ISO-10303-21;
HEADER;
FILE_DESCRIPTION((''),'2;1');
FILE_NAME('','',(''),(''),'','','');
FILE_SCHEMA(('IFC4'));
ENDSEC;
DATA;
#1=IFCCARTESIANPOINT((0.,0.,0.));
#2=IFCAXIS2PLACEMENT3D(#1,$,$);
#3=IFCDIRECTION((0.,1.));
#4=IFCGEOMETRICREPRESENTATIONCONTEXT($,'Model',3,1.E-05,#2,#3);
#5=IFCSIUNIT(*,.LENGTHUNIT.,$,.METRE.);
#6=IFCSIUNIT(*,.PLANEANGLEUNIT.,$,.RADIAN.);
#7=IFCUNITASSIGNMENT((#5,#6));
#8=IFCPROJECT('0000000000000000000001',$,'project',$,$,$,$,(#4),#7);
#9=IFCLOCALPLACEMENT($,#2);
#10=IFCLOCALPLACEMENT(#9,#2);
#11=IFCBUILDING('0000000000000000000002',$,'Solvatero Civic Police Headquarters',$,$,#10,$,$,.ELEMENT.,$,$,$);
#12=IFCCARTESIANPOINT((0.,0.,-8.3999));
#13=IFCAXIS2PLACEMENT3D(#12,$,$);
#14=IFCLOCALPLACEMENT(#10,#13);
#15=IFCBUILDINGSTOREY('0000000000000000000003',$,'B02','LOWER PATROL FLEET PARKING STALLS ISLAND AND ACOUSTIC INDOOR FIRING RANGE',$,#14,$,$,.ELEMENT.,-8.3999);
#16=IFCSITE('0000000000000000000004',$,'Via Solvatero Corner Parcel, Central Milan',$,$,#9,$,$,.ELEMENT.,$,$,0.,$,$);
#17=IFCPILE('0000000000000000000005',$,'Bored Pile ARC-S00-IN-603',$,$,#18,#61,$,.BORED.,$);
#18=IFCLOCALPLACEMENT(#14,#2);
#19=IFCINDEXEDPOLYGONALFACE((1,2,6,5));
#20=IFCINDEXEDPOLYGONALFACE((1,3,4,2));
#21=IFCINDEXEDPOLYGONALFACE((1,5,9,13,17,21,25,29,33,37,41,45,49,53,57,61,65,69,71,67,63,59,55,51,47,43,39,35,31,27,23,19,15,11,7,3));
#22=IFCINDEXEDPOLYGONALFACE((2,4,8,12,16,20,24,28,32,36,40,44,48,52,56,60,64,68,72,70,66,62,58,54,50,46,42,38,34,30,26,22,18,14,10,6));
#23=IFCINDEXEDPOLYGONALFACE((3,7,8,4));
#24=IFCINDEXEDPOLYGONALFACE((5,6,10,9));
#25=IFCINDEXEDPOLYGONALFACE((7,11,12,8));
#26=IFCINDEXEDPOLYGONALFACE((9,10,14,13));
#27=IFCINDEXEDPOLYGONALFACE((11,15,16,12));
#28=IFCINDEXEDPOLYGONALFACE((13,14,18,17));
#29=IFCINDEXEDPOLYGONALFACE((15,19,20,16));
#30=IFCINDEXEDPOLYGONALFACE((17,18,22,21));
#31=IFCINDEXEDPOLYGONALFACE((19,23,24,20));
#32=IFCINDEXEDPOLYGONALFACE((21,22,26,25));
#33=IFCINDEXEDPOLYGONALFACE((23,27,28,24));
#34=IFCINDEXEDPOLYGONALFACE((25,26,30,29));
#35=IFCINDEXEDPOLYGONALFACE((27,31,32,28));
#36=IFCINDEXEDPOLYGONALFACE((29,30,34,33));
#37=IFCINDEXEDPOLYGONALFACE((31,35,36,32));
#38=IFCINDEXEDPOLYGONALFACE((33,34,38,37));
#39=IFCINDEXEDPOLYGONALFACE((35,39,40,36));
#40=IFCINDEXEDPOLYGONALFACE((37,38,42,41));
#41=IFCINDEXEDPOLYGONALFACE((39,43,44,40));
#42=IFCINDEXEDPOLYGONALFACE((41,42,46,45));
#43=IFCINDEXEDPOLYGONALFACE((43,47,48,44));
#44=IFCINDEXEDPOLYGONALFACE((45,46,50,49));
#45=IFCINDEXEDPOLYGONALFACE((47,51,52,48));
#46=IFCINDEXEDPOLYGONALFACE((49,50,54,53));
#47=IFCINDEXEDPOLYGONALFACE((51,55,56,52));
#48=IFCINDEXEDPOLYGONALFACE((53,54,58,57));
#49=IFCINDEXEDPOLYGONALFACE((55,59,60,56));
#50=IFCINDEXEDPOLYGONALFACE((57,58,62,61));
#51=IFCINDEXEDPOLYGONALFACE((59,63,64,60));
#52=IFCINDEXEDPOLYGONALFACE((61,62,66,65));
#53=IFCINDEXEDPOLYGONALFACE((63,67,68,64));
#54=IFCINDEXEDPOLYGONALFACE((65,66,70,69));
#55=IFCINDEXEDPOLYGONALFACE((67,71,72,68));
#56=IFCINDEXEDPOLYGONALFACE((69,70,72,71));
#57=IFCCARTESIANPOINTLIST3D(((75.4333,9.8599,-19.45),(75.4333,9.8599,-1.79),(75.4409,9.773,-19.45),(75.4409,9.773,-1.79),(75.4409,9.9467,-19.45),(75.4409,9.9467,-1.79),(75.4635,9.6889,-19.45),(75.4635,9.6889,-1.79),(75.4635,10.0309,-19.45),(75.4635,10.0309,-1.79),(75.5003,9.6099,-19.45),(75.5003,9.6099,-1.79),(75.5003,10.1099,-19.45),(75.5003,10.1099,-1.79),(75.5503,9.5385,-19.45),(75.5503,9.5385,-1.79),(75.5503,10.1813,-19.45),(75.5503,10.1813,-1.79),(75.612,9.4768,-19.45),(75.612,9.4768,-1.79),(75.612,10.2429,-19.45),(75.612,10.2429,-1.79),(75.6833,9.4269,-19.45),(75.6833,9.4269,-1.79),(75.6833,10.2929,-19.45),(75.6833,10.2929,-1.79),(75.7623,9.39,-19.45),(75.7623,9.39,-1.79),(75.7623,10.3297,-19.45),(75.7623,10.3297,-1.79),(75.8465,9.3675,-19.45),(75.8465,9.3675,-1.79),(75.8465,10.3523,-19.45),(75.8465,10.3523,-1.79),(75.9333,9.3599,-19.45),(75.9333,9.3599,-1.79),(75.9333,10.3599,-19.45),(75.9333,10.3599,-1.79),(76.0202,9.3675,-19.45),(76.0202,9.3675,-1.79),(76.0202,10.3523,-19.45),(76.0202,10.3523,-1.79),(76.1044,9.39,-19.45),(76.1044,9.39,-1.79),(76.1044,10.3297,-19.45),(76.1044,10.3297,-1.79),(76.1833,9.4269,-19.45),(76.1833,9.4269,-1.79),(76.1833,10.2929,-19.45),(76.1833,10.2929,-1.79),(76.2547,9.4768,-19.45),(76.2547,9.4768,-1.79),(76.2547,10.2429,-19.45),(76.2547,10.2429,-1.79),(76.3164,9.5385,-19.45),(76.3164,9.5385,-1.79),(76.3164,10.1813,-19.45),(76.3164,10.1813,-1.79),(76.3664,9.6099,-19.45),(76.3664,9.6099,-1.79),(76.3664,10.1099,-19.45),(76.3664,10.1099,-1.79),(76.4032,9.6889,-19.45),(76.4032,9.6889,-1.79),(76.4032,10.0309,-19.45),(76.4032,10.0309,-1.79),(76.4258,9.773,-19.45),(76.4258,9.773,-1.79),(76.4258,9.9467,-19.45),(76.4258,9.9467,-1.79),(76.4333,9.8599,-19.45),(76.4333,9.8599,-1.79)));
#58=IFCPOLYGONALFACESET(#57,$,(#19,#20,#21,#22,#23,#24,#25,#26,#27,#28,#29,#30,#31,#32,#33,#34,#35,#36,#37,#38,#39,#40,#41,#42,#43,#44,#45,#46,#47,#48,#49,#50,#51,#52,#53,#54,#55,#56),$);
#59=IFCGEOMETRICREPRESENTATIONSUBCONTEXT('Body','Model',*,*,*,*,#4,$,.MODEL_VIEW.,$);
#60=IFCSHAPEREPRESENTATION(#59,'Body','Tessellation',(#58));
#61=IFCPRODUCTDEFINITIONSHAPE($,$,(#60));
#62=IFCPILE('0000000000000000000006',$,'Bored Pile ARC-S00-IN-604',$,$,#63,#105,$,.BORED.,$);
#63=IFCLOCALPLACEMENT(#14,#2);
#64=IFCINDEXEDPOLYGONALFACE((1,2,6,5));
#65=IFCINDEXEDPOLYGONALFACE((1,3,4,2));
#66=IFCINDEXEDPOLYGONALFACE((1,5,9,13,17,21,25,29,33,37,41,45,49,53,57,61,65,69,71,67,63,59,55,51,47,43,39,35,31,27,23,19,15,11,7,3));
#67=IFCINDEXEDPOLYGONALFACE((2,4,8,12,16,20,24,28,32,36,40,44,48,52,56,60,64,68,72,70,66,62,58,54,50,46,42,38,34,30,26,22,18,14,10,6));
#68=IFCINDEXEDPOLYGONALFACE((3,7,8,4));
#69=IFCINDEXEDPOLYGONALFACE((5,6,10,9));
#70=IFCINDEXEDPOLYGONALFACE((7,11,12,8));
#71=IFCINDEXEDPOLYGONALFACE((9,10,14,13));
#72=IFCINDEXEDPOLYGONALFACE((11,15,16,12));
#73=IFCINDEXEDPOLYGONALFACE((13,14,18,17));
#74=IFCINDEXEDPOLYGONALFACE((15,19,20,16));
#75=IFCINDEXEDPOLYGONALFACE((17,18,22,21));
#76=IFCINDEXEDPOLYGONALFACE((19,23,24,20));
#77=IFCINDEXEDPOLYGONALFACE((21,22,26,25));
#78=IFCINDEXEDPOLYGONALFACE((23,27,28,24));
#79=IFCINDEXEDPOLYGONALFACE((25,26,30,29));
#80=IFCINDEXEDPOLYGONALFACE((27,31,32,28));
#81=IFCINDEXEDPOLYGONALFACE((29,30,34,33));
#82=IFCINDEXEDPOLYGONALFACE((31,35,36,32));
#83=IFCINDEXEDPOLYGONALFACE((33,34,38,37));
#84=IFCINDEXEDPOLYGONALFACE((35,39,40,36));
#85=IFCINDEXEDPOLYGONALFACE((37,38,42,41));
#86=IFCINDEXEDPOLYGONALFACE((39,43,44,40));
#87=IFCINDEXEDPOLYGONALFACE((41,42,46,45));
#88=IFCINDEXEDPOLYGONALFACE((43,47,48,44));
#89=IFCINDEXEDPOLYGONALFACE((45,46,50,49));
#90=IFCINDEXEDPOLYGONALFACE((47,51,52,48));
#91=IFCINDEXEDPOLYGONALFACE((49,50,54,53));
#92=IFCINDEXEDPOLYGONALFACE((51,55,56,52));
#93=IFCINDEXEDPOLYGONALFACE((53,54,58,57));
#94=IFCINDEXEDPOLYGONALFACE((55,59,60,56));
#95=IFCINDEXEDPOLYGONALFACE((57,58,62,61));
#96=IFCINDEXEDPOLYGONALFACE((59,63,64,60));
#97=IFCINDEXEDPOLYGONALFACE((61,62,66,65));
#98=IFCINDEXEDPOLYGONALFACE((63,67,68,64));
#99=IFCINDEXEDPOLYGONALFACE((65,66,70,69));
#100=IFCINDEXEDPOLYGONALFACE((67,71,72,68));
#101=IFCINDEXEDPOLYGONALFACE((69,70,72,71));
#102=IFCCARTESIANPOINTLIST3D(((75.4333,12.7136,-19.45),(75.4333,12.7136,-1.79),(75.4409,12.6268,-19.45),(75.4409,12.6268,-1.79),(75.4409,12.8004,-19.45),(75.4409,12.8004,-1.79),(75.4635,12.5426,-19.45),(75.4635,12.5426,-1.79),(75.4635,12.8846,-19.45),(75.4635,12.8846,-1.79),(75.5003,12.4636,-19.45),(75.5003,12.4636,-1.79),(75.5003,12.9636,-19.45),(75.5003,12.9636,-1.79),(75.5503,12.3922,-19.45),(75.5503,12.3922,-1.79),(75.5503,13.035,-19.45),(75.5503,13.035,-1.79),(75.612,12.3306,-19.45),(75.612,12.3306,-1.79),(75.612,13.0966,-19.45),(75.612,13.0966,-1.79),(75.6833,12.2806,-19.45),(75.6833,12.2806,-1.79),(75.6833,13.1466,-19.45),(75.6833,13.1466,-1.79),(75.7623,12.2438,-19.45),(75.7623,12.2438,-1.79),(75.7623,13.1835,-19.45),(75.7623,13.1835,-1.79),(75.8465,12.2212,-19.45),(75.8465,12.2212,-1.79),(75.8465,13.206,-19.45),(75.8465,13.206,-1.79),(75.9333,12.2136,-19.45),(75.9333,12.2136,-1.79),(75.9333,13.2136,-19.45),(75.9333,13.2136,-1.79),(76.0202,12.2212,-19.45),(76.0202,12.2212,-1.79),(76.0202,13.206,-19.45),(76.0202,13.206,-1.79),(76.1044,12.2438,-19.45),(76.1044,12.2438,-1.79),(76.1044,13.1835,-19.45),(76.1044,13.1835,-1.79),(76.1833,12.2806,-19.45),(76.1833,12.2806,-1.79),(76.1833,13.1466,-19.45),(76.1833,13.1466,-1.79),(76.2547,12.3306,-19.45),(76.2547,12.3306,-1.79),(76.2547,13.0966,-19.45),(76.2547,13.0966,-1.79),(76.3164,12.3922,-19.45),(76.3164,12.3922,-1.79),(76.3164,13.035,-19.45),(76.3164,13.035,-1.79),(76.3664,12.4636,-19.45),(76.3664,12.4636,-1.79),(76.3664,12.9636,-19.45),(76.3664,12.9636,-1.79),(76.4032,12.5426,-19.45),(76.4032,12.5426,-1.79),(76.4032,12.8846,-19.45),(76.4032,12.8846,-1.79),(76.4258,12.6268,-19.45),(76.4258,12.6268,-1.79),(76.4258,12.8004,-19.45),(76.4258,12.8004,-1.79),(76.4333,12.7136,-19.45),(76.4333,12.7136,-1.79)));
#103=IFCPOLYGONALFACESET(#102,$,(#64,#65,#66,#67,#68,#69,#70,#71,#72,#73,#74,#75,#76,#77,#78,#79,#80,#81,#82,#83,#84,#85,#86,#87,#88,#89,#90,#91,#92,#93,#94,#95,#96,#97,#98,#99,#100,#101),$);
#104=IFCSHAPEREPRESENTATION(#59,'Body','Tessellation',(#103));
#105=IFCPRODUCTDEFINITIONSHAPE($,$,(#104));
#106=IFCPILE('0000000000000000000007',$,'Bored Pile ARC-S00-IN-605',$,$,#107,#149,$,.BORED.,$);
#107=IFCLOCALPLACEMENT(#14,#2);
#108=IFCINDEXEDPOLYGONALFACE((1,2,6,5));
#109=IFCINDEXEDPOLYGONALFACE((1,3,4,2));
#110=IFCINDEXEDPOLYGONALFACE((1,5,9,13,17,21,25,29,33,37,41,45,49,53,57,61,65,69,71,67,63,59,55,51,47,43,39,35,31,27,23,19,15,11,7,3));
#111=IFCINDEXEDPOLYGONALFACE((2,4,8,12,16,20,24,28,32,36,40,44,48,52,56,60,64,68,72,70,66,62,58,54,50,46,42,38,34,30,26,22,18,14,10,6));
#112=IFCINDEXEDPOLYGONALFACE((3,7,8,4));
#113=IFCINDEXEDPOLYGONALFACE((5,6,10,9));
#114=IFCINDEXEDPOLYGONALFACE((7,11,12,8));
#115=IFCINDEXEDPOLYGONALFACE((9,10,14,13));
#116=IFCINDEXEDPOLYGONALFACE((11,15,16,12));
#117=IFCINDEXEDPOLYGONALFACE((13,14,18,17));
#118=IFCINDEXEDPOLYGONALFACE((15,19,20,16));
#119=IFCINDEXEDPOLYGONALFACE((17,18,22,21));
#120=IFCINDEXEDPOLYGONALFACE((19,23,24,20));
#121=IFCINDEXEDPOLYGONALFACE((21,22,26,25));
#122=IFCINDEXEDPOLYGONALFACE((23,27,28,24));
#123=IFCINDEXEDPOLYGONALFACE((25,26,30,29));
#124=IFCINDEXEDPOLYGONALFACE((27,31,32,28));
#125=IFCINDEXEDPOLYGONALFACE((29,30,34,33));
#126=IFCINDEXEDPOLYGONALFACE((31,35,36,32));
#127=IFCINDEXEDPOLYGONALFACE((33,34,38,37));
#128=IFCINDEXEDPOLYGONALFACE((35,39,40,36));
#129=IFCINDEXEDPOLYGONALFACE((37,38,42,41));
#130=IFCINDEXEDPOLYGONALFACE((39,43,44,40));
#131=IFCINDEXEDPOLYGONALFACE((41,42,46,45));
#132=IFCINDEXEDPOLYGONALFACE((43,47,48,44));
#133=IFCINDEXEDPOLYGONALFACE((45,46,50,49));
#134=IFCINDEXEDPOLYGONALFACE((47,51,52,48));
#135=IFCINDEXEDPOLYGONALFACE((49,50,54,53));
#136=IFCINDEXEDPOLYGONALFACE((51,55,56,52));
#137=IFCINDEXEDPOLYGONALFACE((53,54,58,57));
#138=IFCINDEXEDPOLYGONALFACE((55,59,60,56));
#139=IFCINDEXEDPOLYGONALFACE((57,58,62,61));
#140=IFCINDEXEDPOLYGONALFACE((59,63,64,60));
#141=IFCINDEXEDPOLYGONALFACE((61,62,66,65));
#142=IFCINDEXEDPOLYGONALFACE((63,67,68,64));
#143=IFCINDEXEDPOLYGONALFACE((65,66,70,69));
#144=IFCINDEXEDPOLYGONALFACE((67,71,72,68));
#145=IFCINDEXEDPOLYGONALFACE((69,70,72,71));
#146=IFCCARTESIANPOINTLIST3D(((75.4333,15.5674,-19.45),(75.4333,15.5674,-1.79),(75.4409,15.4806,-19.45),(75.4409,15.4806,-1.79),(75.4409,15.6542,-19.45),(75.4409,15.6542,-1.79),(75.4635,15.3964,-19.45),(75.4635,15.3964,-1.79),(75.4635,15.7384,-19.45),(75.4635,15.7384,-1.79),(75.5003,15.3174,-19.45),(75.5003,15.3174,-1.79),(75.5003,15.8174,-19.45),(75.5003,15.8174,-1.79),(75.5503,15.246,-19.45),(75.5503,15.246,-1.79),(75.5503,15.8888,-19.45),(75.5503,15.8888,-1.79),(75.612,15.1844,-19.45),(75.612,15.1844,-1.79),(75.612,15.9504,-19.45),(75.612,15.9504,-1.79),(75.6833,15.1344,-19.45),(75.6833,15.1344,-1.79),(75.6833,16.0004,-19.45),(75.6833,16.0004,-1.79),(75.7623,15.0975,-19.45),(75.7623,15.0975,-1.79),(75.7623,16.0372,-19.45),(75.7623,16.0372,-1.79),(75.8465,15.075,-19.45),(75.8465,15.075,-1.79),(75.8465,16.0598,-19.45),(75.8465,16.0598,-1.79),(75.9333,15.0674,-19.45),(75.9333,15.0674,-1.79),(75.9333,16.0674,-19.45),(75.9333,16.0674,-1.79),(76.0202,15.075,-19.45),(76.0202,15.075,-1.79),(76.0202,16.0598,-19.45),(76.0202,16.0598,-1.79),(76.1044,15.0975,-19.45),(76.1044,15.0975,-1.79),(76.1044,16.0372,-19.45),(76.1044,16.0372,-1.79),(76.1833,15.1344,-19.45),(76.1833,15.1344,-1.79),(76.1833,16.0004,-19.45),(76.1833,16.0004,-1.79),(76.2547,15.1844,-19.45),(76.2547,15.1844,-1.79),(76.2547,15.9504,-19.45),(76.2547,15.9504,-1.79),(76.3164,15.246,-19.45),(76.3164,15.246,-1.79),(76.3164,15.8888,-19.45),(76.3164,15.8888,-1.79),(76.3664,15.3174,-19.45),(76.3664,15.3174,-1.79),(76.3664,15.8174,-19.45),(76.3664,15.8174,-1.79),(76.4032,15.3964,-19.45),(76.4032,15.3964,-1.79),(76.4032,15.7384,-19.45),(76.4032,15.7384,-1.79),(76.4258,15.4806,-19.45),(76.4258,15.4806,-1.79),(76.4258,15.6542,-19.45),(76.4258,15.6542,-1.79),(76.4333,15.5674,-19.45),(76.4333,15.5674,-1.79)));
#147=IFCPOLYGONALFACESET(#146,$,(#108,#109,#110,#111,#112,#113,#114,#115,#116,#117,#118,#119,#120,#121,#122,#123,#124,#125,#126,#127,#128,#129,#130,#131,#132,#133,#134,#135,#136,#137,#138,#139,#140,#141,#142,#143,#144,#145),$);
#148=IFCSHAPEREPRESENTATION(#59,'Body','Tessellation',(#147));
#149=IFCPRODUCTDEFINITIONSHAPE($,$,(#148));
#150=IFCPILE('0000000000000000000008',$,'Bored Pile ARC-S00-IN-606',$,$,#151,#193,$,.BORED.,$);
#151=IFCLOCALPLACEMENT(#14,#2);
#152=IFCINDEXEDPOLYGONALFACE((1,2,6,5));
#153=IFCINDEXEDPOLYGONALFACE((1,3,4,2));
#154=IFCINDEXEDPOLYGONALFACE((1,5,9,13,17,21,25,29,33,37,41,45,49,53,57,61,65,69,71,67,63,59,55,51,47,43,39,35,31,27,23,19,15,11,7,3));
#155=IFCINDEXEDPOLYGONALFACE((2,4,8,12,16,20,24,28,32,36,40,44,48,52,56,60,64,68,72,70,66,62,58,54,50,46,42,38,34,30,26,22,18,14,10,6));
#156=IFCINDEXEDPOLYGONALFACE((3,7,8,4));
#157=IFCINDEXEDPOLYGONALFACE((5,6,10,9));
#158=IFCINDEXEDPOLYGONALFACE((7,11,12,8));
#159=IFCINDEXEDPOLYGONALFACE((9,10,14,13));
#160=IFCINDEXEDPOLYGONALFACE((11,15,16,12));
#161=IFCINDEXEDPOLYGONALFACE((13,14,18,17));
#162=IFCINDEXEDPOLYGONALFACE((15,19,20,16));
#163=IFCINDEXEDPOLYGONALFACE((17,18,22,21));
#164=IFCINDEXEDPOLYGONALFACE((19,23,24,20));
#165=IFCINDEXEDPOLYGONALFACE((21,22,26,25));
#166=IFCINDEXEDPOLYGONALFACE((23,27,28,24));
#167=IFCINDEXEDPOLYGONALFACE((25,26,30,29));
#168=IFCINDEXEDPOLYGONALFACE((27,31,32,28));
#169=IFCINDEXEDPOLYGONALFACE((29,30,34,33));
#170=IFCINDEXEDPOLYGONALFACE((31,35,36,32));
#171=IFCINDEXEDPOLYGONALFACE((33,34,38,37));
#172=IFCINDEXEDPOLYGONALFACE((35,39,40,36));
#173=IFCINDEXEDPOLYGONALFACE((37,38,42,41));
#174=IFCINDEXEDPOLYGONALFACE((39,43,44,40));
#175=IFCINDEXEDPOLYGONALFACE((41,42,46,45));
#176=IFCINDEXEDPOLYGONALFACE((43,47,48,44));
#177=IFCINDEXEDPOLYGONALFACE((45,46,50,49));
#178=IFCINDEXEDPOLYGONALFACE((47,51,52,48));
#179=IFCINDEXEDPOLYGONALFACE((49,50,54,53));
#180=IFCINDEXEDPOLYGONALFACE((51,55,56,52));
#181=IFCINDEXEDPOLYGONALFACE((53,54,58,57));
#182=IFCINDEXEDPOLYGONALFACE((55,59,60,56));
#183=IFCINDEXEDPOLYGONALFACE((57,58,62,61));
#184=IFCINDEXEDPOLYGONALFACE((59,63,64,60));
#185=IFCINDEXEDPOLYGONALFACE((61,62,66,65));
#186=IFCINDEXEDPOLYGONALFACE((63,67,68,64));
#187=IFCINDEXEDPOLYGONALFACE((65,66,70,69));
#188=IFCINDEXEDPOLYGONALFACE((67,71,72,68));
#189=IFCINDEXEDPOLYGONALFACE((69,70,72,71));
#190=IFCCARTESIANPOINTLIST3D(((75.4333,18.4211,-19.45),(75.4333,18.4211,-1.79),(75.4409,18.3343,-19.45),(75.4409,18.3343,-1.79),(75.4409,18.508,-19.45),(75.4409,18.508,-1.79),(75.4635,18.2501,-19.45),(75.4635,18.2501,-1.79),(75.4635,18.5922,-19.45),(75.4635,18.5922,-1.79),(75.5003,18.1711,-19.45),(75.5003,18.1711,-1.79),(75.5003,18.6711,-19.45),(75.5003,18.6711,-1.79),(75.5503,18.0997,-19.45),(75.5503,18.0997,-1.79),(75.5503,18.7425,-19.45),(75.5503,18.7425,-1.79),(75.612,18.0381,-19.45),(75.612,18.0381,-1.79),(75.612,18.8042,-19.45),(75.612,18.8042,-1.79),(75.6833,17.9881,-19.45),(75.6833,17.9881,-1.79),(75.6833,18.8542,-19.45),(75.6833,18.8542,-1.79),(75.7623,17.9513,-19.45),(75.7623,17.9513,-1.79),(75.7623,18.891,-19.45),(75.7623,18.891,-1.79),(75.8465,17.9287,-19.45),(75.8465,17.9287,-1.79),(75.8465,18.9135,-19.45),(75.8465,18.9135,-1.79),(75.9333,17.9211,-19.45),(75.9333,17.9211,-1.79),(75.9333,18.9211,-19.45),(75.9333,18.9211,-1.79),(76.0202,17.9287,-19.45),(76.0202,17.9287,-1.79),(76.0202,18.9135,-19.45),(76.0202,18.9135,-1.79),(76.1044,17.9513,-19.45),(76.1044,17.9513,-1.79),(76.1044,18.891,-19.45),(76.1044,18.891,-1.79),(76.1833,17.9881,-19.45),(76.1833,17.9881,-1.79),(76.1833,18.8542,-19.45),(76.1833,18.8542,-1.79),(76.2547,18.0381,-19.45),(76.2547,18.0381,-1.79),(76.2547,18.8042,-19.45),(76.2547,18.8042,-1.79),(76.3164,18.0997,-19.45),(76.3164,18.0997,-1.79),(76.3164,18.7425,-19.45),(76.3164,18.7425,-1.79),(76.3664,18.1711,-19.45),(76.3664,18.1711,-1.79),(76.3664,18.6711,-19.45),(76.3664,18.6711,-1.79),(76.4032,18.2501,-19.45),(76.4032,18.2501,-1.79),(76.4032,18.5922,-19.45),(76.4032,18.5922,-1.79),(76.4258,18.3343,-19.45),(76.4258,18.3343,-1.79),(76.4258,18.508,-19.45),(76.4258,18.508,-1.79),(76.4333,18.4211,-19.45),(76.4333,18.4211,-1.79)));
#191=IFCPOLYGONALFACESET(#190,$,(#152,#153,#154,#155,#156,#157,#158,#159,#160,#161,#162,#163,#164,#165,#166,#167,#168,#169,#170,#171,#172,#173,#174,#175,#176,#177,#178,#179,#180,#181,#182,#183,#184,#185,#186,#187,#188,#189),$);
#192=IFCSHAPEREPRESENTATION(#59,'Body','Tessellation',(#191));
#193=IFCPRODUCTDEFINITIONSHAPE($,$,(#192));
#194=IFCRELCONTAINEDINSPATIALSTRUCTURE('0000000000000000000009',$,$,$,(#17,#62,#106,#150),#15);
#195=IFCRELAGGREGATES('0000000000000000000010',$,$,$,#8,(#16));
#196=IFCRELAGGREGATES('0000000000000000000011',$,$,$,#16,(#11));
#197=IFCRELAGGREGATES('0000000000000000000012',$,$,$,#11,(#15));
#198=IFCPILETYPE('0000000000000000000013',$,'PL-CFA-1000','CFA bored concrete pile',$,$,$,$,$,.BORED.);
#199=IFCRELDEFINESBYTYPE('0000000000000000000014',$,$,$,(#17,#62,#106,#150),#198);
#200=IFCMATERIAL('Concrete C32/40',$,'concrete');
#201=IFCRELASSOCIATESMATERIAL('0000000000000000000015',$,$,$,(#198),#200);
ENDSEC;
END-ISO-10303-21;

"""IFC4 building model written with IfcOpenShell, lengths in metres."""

from ifc_helpers import new_model, si_unit, direction, frame, origin, origin_2d, place, context, subcontext, project, spatial, circle, extrude, material, material_profile, profile_set, type_object, element, save


model = new_model("IFC4")

# Units and contexts
model_context = context("Model", 3, precision=1e-05, world=origin(), true_north=direction((0.0, 1.0)))
body_context = subcontext(model_context, "Body", "Model", "MODEL_VIEW")
ifc_project = project(units=[si_unit("LENGTHUNIT", "METRE"), si_unit("PLANEANGLEUNIT", "RADIAN")], contexts=[model_context])

# Site, building, storey
site_placement = place(None, origin())
site = spatial("IfcSite", under=ifc_project, at=site_placement, Name="Via Solvatero Corner Parcel, Central Milan", CompositionType="ELEMENT", RefElevation=0.0)
building_placement = place(site_placement, origin())
building = spatial("IfcBuilding", under=site, at=building_placement, Name="Solvatero Civic Police Headquarters", CompositionType="ELEMENT")
storey_placement = place(building_placement, frame((0.0, 0.0, -8.3999)))
storey = spatial("IfcBuildingStorey", under=building, at=storey_placement, Name="B02", Description="LOWER PATROL FLEET PARKING STALLS ISLAND AND ACOUSTIC INDOOR FIRING RANGE", CompositionType="ELEMENT", Elevation=-8.3999)

# Piles
ifc_material_1 = material(Name="Concrete C32/40", Category="concrete")
ifc_material_profile_1 = material_profile(ifc_material_1, circle(Radius=0.5, at=origin_2d()), Name="CFA PILE D1000")
ifc_profile_set_1 = profile_set([ifc_material_profile_1], Name="Concrete C32/40")
pile_type = type_object("IfcPileType", Name="PL-CFA-1000", Description="CFA bored concrete pile", PredefinedType="BORED", material=ifc_profile_set_1)
for number, where, z_axis, x_axis, name in (
    (1, (75.9333, 9.8599, -1.79), (0.0, 0.0, -1.0), (1.0, 0.0, 0.0), "Bored Pile ARC-S00-IN-603"),
    (2, (75.9333, 12.7136, -1.79), (0.0, 0.0, -1.0), (1.0, 0.0, 0.0), "Bored Pile ARC-S00-IN-604"),
    (3, (75.9333, 15.5674, -1.79), (0.0, 0.0, -1.0), (1.0, 0.0, 0.0), "Bored Pile ARC-S00-IN-605"),
    (4, (75.9333, 18.4211, -1.79), (0.0, 0.0, -1.0), (1.0, 0.0, 0.0), "Bored Pile ARC-S00-IN-606"),
):
    element("IfcPile", number, at=place(storey_placement, frame(where, z_axis=z_axis, x_axis=x_axis)), inside=storey, type_object=pile_type, Name=name, PredefinedType="BORED", context=body_context, shape_type="SweptSolid", body=[
        extrude(circle(Radius=0.5, at=origin_2d()), origin(), (0.0, 0.0, 1.0), 17.6599),
    ])

save(model, "model.ifc")
